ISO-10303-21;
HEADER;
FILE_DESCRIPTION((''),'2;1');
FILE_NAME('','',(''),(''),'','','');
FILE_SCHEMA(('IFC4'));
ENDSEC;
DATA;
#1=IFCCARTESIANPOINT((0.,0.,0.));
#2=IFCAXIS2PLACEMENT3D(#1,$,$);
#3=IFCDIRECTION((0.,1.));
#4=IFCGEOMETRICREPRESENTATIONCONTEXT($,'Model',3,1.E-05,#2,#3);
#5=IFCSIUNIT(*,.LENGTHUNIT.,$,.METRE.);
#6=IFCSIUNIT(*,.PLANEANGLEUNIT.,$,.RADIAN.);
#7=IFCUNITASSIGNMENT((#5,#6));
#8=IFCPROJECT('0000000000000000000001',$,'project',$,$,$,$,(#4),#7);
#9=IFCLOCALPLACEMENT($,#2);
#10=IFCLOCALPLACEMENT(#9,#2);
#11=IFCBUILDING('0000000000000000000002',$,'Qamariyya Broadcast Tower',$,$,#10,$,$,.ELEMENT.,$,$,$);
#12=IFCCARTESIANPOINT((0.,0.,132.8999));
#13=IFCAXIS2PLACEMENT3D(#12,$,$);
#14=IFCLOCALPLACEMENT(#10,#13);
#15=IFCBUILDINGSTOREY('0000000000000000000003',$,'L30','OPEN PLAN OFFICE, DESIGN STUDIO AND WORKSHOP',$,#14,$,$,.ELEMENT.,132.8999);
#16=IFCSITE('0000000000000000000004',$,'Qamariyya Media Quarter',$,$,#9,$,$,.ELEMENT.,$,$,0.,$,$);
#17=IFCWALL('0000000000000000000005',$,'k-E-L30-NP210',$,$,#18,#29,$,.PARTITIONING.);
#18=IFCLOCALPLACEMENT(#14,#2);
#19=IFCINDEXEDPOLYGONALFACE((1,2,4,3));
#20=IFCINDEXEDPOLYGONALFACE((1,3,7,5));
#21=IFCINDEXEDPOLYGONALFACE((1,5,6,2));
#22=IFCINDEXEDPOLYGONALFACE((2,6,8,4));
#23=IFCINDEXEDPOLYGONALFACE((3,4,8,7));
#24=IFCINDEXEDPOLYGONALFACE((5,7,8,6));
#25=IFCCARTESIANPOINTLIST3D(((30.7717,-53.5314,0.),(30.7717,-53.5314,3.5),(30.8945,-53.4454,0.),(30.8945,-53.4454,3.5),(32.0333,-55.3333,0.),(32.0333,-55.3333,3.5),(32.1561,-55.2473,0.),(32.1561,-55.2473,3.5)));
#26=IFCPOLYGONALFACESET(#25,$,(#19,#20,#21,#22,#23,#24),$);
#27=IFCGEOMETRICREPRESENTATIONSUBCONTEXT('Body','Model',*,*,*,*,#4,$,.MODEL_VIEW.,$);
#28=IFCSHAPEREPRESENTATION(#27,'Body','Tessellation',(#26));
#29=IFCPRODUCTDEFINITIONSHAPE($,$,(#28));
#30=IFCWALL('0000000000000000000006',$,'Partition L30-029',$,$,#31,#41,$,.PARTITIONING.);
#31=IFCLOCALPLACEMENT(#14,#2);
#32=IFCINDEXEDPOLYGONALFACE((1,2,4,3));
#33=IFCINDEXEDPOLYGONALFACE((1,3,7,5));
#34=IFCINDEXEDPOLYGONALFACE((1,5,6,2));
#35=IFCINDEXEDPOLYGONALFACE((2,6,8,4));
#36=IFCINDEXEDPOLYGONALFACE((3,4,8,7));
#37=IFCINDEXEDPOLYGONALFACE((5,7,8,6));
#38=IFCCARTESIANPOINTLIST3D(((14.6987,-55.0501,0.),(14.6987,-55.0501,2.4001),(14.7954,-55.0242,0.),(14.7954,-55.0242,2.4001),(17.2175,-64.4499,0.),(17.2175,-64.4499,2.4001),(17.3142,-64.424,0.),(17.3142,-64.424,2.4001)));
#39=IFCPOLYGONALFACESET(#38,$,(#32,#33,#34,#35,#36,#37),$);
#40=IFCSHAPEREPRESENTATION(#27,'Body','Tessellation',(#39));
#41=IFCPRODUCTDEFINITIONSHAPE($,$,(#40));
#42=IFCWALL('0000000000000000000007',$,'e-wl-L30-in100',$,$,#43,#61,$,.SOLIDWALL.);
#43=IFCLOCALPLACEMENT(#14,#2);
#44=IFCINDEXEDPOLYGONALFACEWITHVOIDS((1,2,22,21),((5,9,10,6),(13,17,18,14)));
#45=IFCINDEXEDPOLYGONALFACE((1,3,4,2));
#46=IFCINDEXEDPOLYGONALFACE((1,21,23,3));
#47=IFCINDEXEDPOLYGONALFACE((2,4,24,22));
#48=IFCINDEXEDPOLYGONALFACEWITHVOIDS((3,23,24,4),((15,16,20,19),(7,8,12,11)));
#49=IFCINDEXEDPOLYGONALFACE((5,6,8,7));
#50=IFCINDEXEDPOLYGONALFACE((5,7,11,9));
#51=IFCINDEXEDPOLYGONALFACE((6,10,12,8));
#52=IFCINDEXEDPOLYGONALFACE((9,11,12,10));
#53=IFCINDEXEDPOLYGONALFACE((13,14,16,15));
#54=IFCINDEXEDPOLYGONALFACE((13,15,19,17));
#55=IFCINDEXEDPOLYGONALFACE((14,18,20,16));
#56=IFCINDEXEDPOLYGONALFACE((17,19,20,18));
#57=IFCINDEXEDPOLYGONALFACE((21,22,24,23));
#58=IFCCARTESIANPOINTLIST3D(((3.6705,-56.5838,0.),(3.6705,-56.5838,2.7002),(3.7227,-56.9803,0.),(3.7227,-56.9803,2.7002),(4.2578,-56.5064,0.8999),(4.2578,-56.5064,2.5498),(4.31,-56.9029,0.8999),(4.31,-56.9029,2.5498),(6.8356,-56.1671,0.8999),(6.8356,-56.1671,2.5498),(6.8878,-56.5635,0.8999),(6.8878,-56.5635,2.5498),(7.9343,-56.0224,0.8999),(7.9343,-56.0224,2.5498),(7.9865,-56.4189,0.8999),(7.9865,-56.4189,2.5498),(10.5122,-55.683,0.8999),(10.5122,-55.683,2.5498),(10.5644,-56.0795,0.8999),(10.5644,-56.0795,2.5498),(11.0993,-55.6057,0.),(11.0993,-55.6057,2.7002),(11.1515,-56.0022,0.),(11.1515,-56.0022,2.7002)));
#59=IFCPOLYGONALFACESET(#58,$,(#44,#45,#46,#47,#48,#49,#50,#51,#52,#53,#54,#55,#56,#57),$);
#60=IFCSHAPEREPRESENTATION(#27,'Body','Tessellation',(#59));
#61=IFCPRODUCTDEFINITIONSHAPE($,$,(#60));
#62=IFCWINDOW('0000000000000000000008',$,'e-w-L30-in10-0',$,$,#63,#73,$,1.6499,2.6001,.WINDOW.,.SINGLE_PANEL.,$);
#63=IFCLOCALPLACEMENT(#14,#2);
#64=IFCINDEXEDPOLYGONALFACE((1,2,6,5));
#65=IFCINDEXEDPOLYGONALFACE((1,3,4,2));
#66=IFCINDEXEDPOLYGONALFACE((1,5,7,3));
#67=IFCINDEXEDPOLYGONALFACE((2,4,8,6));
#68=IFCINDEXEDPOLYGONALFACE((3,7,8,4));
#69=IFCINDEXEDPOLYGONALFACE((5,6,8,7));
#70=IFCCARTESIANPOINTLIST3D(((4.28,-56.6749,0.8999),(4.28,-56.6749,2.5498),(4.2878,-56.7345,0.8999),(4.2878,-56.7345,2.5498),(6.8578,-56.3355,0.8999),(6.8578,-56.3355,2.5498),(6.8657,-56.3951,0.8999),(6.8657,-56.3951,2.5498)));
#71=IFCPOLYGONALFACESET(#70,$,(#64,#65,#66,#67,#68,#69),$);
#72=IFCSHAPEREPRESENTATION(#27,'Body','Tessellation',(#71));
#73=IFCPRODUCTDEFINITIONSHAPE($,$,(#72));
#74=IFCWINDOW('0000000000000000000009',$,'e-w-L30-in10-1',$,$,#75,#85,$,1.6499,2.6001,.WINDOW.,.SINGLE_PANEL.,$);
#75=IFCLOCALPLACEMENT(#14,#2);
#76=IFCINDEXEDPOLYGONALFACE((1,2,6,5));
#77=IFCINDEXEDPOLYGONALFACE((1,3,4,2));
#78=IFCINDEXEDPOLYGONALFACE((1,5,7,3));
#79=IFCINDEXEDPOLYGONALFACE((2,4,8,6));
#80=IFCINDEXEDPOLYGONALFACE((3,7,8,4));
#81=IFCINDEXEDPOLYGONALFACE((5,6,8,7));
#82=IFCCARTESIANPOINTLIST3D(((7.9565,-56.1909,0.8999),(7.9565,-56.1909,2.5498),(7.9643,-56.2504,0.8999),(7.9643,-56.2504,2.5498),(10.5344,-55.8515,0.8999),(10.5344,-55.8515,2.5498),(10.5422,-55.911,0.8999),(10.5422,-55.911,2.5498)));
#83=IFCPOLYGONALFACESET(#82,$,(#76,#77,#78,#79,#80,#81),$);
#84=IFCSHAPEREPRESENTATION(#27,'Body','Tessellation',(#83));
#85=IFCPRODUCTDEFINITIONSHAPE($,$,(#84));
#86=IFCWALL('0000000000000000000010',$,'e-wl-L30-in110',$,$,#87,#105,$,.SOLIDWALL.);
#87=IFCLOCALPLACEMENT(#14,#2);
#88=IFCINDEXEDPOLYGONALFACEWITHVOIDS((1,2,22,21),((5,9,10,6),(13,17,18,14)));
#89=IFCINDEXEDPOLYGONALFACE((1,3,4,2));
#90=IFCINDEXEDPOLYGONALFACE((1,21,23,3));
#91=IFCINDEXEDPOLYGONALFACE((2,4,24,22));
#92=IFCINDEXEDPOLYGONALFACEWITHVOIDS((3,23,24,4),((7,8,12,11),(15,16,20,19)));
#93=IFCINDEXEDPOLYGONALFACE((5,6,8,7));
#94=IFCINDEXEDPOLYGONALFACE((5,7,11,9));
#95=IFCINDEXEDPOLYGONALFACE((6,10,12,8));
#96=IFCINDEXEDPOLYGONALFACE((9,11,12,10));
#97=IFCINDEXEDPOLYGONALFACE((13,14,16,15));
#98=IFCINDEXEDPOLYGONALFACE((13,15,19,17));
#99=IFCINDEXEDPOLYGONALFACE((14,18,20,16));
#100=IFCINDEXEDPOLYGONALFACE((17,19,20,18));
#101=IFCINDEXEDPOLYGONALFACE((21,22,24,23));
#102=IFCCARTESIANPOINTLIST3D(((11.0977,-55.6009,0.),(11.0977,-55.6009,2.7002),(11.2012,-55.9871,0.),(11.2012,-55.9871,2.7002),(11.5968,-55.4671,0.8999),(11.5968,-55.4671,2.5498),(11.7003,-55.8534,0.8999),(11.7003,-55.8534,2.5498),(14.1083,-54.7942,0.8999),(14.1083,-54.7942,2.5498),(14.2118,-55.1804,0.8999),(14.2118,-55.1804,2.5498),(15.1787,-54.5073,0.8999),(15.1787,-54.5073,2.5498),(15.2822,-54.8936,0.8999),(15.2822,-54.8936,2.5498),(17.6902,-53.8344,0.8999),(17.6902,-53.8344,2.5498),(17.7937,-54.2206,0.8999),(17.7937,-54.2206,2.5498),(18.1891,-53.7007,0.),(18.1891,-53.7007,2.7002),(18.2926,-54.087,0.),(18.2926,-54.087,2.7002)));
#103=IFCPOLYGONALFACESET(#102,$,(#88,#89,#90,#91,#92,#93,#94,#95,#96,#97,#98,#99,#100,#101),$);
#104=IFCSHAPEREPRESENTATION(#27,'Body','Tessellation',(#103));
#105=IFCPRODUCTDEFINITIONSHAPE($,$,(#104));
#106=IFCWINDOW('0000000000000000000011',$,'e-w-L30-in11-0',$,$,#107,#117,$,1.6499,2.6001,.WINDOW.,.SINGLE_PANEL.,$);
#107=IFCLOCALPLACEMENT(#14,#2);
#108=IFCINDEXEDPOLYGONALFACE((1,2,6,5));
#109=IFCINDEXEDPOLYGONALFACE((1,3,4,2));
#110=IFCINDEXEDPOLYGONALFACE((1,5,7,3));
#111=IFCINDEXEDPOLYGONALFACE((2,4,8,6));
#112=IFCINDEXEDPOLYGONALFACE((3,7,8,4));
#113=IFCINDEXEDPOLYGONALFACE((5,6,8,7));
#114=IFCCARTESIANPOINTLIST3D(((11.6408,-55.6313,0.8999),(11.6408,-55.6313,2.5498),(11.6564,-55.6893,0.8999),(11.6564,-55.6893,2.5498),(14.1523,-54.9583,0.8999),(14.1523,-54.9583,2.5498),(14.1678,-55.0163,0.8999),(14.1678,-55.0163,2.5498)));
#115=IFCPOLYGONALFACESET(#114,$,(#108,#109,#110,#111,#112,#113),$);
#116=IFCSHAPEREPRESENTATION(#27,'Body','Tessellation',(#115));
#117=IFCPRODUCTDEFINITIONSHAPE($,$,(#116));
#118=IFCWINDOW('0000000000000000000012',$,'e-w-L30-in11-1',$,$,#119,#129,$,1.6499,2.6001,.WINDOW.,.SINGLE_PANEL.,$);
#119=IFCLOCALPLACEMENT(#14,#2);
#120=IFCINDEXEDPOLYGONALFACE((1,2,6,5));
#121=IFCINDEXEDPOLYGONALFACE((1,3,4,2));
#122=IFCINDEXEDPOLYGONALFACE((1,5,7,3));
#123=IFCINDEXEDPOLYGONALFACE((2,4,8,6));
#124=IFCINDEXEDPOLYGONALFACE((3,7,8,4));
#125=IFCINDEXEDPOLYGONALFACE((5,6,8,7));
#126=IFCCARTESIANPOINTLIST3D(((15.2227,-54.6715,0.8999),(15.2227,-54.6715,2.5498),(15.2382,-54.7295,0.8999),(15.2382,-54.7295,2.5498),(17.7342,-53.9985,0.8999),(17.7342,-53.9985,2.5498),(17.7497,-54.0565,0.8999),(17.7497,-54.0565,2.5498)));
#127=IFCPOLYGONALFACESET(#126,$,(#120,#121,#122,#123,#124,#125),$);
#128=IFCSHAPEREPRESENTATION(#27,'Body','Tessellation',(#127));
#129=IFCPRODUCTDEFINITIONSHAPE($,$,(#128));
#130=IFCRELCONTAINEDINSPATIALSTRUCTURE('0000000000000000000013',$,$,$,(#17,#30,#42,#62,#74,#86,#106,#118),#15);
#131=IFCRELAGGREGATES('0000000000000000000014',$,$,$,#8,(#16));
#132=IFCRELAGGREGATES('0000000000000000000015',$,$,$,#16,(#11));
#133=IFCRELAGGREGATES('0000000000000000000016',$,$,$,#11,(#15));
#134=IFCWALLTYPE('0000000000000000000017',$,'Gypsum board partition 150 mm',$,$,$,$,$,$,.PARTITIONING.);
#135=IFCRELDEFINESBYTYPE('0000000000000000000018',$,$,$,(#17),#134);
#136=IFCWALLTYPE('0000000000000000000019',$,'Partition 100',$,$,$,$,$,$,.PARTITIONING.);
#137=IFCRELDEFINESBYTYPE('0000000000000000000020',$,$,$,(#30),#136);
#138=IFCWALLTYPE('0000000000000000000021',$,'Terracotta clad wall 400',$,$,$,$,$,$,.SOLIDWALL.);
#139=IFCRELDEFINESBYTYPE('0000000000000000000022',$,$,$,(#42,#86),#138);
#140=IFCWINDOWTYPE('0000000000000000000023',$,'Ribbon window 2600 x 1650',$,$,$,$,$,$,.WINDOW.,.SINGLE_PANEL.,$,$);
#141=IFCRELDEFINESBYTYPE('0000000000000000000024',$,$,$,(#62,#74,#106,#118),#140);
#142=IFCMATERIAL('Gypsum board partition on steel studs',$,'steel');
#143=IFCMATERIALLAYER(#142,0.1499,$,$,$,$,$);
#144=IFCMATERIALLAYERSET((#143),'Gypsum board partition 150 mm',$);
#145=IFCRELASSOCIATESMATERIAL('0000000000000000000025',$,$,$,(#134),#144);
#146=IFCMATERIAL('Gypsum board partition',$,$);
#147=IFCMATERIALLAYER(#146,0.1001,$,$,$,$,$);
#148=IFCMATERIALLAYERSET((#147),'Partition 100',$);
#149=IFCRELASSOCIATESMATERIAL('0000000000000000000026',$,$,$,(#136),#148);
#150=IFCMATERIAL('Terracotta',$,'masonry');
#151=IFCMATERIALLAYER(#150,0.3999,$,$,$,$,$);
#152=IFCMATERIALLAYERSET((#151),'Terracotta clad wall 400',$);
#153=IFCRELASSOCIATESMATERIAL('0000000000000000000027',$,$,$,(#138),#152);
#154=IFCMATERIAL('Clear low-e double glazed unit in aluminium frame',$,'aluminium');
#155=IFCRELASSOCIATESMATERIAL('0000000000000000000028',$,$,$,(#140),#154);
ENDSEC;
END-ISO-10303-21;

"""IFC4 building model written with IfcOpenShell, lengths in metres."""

from ifc_helpers import new_model, si_unit, direction, frame, frame_2d, origin, place, context, subcontext, project, spatial, rectangle, extrude, material, layer, layer_set, type_object, element, fill, save


model = new_model("IFC4")

# Units and contexts
model_context = context("Model", 3, precision=1e-05, world=origin(), true_north=direction((0.0, 1.0)))
body_context = subcontext(model_context, "Body", "Model", "MODEL_VIEW")
ifc_project = project(units=[si_unit("LENGTHUNIT", "METRE"), si_unit("PLANEANGLEUNIT", "RADIAN")], contexts=[model_context])

# Site, building, storey
site_placement = place(None, origin())
site = spatial("IfcSite", under=ifc_project, at=site_placement, Name="Qamariyya Media Quarter", CompositionType="ELEMENT", RefElevation=0.0)
building_placement = place(site_placement, origin())
building = spatial("IfcBuilding", under=site, at=building_placement, Name="Qamariyya Broadcast Tower", CompositionType="ELEMENT")
storey_placement = place(building_placement, frame((0.0, 0.0, 132.8999)))
storey = spatial("IfcBuildingStorey", under=building, at=storey_placement, Name="L30", Description="OPEN PLAN OFFICE, DESIGN STUDIO AND WORKSHOP", CompositionType="ELEMENT", Elevation=132.8999)

# Walls
ifc_material_1 = material(Name="Gypsum board partition")
ifc_material_2 = material(Name="Gypsum board partition on steel studs", Category="steel")
ifc_layer_1 = layer(ifc_material_2, 0.1499)
ifc_layer_set_1 = layer_set([ifc_layer_1], Name="Gypsum board partition 150 mm")
wall_type_1 = type_object("IfcWallType", Name="Gypsum board partition 150 mm", PredefinedType="PARTITIONING", material=ifc_layer_set_1)
wall_1_placement = place(storey_placement, frame((32.0947, -55.2903, 0.0), z_axis=(0.0, 0.0, 1.0), x_axis=(-0.573559, 0.819164, 0.0)))
element("IfcWall", 1, at=wall_1_placement, inside=storey, type_object=wall_type_1, Name="k-E-L30-NP210", PredefinedType="PARTITIONING", context=body_context, shape_type="SweptSolid", body=[
    extrude(rectangle(XDim=2.1997, YDim=0.1499, at=frame_2d((1.0999, 0.0))), origin(), (0.0, 0.0, 1.0), 3.5),
])
ifc_layer_2 = layer(ifc_material_1, 0.1001)
ifc_layer_set_2 = layer_set([ifc_layer_2], Name="Partition 100")
wall_type_2 = type_object("IfcWallType", Name="Partition 100", PredefinedType="PARTITIONING", material=ifc_layer_set_2)
wall_2_placement = place(storey_placement, frame((14.7471, -55.0371, 0.0), z_axis=(0.0, 0.0, 1.0), x_axis=(0.258829, -0.965923, 0.0)))
element("IfcWall", 2, at=wall_2_placement, inside=storey, type_object=wall_type_2, Name="Partition L30-029", PredefinedType="PARTITIONING", context=body_context, shape_type="SweptSolid", body=[
    extrude(rectangle(XDim=9.7314, YDim=0.1001, at=frame_2d((4.8657, 0.0))), origin(), (0.0, 0.0, 1.0), 2.4001),
])

# Walls, openings, windows
ifc_material_3 = material(Name="Terracotta", Category="masonry")
ifc_layer_3 = layer(ifc_material_3, 0.3999)
ifc_layer_set_3 = layer_set([ifc_layer_3], Name="Terracotta clad wall 400")
wall_type_3 = type_object("IfcWallType", Name="Terracotta clad wall 400", PredefinedType="SOLIDWALL", material=ifc_layer_set_3)
wall_3_placement = place(storey_placement, frame((11.1255, -55.804, 0.0), z_axis=(0.0, 0.0, 1.0), x_axis=(-0.991445, -0.130529, 0.0)))
wall_3 = element("IfcWall", 3, at=wall_3_placement, inside=storey, type_object=wall_type_3, Name="e-wl-L30-in100", PredefinedType="SOLIDWALL", context=body_context, shape_type="SweptSolid", body=[
    extrude(rectangle(XDim=7.4929, YDim=0.3999, at=frame_2d((3.7466, 0.0))), origin(), (0.0, 0.0, 1.0), 2.7002),
])
opening_1_placement = place(wall_3_placement, frame((4.3005, 0.0, 0.8999)))
opening_1 = element("IfcOpeningElement", 4, at=opening_1_placement, cuts=wall_3, PredefinedType="OPENING", context=body_context, shape_type="SweptSolid", body=[
    extrude(rectangle(XDim=2.6001, YDim=1.6499, at=frame_2d((1.3, 0.825))), frame((0.0, 0.21, 0.0), z_axis=(0.0, -1.0, 0.0), x_axis=(1.0, 0.0, 0.0)), (0.0, 0.0, 1.0), 0.4199),
])
opening_2_placement = place(wall_3_placement, frame((0.5923, 0.0, 0.8999)))
opening_2 = element("IfcOpeningElement", 5, at=opening_2_placement, cuts=wall_3, PredefinedType="OPENING", context=body_context, shape_type="SweptSolid", body=[
    extrude(rectangle(XDim=2.6001, YDim=1.6499, at=frame_2d((1.3, 0.825))), frame((0.0, 0.21, 0.0), z_axis=(0.0, -1.0, 0.0), x_axis=(1.0, 0.0, 0.0)), (0.0, 0.0, 1.0), 0.4199),
])
ifc_material_4 = material(Name="Clear low-e double glazed unit in aluminium frame", Category="aluminium")
window_type = type_object("IfcWindowType", Name="Ribbon window 2600 x 1650", PartitioningType="SINGLE_PANEL", PredefinedType="WINDOW", material=ifc_material_4)
window_1_placement = place(opening_1_placement, origin())
window_1 = element("IfcWindow", 6, at=window_1_placement, inside=storey, type_object=window_type, Name="e-w-L30-in10-0", OverallHeight=1.6499, OverallWidth=2.6001, PartitioningType="SINGLE_PANEL", PredefinedType="WINDOW", context=body_context, shape_type="SweptSolid", body=[
    extrude(rectangle(XDim=2.6001, YDim=1.6499, at=frame_2d((1.3, 0.825))), frame((0.0, 0.03, 0.0), z_axis=(0.0, -1.0, 0.0), x_axis=(1.0, 0.0, 0.0)), (0.0, 0.0, 1.0), 0.0601),
])
fill(opening_1, window_1)
window_2_placement = place(opening_2_placement, origin())
window_2 = element("IfcWindow", 7, at=window_2_placement, inside=storey, type_object=window_type, Name="e-w-L30-in10-1", OverallHeight=1.6499, OverallWidth=2.6001, PartitioningType="SINGLE_PANEL", PredefinedType="WINDOW", context=body_context, shape_type="SweptSolid", body=[
    extrude(rectangle(XDim=2.6001, YDim=1.6499, at=frame_2d((1.3, 0.825))), frame((0.0, 0.03, 0.0), z_axis=(0.0, -1.0, 0.0), x_axis=(1.0, 0.0, 0.0)), (0.0, 0.0, 1.0), 0.0601),
])
fill(opening_2, window_2)
wall_4_placement = place(storey_placement, frame((18.241, -53.8938, 0.0), z_axis=(0.0, 0.0, 1.0), x_axis=(-0.965925, -0.258824, 0.0)))
wall_4 = element("IfcWall", 8, at=wall_4_placement, inside=storey, type_object=wall_type_3, Name="e-wl-L30-in110", PredefinedType="SOLIDWALL", context=body_context, shape_type="SweptSolid", body=[
    extrude(rectangle(XDim=7.3416, YDim=0.3999, at=frame_2d((3.6709, 0.0))), origin(), (0.0, 0.0, 1.0), 2.7002),
])
opening_3_placement = place(wall_4_placement, frame((4.2249, 0.0, 0.8999)))
opening_3 = element("IfcOpeningElement", 9, at=opening_3_placement, cuts=wall_4, PredefinedType="OPENING", context=body_context, shape_type="SweptSolid", body=[
    extrude(rectangle(XDim=2.6001, YDim=1.6499, at=frame_2d((1.3, 0.825))), frame((0.0, 0.21, 0.0), z_axis=(0.0, -1.0, 0.0), x_axis=(1.0, 0.0, 0.0)), (0.0, 0.0, 1.0), 0.4199),
])
opening_4_placement = place(wall_4_placement, frame((0.5166, 0.0, 0.8999)))
opening_4 = element("IfcOpeningElement", 10, at=opening_4_placement, cuts=wall_4, PredefinedType="OPENING", context=body_context, shape_type="SweptSolid", body=[
    extrude(rectangle(XDim=2.6001, YDim=1.6499, at=frame_2d((1.3, 0.825))), frame((0.0, 0.21, 0.0), z_axis=(0.0, -1.0, 0.0), x_axis=(1.0, 0.0, 0.0)), (0.0, 0.0, 1.0), 0.4199),
])
window_3_placement = place(opening_3_placement, origin())
window_3 = element("IfcWindow", 11, at=window_3_placement, inside=storey, type_object=window_type, Name="e-w-L30-in11-0", OverallHeight=1.6499, OverallWidth=2.6001, PartitioningType="SINGLE_PANEL", PredefinedType="WINDOW", context=body_context, shape_type="SweptSolid", body=[
    extrude(rectangle(XDim=2.6001, YDim=1.6499, at=frame_2d((1.3, 0.825))), frame((0.0, 0.03, 0.0), z_axis=(0.0, -1.0, 0.0), x_axis=(1.0, 0.0, 0.0)), (0.0, 0.0, 1.0), 0.0601),
])
fill(opening_3, window_3)
window_4_placement = place(opening_4_placement, origin())
window_4 = element("IfcWindow", 12, at=window_4_placement, inside=storey, type_object=window_type, Name="e-w-L30-in11-1", OverallHeight=1.6499, OverallWidth=2.6001, PartitioningType="SINGLE_PANEL", PredefinedType="WINDOW", context=body_context, shape_type="SweptSolid", body=[
    extrude(rectangle(XDim=2.6001, YDim=1.6499, at=frame_2d((1.3, 0.825))), frame((0.0, 0.03, 0.0), z_axis=(0.0, -1.0, 0.0), x_axis=(1.0, 0.0, 0.0)), (0.0, 0.0, 1.0), 0.0601),
])
fill(opening_4, window_4)

save(model, "model.ifc")
